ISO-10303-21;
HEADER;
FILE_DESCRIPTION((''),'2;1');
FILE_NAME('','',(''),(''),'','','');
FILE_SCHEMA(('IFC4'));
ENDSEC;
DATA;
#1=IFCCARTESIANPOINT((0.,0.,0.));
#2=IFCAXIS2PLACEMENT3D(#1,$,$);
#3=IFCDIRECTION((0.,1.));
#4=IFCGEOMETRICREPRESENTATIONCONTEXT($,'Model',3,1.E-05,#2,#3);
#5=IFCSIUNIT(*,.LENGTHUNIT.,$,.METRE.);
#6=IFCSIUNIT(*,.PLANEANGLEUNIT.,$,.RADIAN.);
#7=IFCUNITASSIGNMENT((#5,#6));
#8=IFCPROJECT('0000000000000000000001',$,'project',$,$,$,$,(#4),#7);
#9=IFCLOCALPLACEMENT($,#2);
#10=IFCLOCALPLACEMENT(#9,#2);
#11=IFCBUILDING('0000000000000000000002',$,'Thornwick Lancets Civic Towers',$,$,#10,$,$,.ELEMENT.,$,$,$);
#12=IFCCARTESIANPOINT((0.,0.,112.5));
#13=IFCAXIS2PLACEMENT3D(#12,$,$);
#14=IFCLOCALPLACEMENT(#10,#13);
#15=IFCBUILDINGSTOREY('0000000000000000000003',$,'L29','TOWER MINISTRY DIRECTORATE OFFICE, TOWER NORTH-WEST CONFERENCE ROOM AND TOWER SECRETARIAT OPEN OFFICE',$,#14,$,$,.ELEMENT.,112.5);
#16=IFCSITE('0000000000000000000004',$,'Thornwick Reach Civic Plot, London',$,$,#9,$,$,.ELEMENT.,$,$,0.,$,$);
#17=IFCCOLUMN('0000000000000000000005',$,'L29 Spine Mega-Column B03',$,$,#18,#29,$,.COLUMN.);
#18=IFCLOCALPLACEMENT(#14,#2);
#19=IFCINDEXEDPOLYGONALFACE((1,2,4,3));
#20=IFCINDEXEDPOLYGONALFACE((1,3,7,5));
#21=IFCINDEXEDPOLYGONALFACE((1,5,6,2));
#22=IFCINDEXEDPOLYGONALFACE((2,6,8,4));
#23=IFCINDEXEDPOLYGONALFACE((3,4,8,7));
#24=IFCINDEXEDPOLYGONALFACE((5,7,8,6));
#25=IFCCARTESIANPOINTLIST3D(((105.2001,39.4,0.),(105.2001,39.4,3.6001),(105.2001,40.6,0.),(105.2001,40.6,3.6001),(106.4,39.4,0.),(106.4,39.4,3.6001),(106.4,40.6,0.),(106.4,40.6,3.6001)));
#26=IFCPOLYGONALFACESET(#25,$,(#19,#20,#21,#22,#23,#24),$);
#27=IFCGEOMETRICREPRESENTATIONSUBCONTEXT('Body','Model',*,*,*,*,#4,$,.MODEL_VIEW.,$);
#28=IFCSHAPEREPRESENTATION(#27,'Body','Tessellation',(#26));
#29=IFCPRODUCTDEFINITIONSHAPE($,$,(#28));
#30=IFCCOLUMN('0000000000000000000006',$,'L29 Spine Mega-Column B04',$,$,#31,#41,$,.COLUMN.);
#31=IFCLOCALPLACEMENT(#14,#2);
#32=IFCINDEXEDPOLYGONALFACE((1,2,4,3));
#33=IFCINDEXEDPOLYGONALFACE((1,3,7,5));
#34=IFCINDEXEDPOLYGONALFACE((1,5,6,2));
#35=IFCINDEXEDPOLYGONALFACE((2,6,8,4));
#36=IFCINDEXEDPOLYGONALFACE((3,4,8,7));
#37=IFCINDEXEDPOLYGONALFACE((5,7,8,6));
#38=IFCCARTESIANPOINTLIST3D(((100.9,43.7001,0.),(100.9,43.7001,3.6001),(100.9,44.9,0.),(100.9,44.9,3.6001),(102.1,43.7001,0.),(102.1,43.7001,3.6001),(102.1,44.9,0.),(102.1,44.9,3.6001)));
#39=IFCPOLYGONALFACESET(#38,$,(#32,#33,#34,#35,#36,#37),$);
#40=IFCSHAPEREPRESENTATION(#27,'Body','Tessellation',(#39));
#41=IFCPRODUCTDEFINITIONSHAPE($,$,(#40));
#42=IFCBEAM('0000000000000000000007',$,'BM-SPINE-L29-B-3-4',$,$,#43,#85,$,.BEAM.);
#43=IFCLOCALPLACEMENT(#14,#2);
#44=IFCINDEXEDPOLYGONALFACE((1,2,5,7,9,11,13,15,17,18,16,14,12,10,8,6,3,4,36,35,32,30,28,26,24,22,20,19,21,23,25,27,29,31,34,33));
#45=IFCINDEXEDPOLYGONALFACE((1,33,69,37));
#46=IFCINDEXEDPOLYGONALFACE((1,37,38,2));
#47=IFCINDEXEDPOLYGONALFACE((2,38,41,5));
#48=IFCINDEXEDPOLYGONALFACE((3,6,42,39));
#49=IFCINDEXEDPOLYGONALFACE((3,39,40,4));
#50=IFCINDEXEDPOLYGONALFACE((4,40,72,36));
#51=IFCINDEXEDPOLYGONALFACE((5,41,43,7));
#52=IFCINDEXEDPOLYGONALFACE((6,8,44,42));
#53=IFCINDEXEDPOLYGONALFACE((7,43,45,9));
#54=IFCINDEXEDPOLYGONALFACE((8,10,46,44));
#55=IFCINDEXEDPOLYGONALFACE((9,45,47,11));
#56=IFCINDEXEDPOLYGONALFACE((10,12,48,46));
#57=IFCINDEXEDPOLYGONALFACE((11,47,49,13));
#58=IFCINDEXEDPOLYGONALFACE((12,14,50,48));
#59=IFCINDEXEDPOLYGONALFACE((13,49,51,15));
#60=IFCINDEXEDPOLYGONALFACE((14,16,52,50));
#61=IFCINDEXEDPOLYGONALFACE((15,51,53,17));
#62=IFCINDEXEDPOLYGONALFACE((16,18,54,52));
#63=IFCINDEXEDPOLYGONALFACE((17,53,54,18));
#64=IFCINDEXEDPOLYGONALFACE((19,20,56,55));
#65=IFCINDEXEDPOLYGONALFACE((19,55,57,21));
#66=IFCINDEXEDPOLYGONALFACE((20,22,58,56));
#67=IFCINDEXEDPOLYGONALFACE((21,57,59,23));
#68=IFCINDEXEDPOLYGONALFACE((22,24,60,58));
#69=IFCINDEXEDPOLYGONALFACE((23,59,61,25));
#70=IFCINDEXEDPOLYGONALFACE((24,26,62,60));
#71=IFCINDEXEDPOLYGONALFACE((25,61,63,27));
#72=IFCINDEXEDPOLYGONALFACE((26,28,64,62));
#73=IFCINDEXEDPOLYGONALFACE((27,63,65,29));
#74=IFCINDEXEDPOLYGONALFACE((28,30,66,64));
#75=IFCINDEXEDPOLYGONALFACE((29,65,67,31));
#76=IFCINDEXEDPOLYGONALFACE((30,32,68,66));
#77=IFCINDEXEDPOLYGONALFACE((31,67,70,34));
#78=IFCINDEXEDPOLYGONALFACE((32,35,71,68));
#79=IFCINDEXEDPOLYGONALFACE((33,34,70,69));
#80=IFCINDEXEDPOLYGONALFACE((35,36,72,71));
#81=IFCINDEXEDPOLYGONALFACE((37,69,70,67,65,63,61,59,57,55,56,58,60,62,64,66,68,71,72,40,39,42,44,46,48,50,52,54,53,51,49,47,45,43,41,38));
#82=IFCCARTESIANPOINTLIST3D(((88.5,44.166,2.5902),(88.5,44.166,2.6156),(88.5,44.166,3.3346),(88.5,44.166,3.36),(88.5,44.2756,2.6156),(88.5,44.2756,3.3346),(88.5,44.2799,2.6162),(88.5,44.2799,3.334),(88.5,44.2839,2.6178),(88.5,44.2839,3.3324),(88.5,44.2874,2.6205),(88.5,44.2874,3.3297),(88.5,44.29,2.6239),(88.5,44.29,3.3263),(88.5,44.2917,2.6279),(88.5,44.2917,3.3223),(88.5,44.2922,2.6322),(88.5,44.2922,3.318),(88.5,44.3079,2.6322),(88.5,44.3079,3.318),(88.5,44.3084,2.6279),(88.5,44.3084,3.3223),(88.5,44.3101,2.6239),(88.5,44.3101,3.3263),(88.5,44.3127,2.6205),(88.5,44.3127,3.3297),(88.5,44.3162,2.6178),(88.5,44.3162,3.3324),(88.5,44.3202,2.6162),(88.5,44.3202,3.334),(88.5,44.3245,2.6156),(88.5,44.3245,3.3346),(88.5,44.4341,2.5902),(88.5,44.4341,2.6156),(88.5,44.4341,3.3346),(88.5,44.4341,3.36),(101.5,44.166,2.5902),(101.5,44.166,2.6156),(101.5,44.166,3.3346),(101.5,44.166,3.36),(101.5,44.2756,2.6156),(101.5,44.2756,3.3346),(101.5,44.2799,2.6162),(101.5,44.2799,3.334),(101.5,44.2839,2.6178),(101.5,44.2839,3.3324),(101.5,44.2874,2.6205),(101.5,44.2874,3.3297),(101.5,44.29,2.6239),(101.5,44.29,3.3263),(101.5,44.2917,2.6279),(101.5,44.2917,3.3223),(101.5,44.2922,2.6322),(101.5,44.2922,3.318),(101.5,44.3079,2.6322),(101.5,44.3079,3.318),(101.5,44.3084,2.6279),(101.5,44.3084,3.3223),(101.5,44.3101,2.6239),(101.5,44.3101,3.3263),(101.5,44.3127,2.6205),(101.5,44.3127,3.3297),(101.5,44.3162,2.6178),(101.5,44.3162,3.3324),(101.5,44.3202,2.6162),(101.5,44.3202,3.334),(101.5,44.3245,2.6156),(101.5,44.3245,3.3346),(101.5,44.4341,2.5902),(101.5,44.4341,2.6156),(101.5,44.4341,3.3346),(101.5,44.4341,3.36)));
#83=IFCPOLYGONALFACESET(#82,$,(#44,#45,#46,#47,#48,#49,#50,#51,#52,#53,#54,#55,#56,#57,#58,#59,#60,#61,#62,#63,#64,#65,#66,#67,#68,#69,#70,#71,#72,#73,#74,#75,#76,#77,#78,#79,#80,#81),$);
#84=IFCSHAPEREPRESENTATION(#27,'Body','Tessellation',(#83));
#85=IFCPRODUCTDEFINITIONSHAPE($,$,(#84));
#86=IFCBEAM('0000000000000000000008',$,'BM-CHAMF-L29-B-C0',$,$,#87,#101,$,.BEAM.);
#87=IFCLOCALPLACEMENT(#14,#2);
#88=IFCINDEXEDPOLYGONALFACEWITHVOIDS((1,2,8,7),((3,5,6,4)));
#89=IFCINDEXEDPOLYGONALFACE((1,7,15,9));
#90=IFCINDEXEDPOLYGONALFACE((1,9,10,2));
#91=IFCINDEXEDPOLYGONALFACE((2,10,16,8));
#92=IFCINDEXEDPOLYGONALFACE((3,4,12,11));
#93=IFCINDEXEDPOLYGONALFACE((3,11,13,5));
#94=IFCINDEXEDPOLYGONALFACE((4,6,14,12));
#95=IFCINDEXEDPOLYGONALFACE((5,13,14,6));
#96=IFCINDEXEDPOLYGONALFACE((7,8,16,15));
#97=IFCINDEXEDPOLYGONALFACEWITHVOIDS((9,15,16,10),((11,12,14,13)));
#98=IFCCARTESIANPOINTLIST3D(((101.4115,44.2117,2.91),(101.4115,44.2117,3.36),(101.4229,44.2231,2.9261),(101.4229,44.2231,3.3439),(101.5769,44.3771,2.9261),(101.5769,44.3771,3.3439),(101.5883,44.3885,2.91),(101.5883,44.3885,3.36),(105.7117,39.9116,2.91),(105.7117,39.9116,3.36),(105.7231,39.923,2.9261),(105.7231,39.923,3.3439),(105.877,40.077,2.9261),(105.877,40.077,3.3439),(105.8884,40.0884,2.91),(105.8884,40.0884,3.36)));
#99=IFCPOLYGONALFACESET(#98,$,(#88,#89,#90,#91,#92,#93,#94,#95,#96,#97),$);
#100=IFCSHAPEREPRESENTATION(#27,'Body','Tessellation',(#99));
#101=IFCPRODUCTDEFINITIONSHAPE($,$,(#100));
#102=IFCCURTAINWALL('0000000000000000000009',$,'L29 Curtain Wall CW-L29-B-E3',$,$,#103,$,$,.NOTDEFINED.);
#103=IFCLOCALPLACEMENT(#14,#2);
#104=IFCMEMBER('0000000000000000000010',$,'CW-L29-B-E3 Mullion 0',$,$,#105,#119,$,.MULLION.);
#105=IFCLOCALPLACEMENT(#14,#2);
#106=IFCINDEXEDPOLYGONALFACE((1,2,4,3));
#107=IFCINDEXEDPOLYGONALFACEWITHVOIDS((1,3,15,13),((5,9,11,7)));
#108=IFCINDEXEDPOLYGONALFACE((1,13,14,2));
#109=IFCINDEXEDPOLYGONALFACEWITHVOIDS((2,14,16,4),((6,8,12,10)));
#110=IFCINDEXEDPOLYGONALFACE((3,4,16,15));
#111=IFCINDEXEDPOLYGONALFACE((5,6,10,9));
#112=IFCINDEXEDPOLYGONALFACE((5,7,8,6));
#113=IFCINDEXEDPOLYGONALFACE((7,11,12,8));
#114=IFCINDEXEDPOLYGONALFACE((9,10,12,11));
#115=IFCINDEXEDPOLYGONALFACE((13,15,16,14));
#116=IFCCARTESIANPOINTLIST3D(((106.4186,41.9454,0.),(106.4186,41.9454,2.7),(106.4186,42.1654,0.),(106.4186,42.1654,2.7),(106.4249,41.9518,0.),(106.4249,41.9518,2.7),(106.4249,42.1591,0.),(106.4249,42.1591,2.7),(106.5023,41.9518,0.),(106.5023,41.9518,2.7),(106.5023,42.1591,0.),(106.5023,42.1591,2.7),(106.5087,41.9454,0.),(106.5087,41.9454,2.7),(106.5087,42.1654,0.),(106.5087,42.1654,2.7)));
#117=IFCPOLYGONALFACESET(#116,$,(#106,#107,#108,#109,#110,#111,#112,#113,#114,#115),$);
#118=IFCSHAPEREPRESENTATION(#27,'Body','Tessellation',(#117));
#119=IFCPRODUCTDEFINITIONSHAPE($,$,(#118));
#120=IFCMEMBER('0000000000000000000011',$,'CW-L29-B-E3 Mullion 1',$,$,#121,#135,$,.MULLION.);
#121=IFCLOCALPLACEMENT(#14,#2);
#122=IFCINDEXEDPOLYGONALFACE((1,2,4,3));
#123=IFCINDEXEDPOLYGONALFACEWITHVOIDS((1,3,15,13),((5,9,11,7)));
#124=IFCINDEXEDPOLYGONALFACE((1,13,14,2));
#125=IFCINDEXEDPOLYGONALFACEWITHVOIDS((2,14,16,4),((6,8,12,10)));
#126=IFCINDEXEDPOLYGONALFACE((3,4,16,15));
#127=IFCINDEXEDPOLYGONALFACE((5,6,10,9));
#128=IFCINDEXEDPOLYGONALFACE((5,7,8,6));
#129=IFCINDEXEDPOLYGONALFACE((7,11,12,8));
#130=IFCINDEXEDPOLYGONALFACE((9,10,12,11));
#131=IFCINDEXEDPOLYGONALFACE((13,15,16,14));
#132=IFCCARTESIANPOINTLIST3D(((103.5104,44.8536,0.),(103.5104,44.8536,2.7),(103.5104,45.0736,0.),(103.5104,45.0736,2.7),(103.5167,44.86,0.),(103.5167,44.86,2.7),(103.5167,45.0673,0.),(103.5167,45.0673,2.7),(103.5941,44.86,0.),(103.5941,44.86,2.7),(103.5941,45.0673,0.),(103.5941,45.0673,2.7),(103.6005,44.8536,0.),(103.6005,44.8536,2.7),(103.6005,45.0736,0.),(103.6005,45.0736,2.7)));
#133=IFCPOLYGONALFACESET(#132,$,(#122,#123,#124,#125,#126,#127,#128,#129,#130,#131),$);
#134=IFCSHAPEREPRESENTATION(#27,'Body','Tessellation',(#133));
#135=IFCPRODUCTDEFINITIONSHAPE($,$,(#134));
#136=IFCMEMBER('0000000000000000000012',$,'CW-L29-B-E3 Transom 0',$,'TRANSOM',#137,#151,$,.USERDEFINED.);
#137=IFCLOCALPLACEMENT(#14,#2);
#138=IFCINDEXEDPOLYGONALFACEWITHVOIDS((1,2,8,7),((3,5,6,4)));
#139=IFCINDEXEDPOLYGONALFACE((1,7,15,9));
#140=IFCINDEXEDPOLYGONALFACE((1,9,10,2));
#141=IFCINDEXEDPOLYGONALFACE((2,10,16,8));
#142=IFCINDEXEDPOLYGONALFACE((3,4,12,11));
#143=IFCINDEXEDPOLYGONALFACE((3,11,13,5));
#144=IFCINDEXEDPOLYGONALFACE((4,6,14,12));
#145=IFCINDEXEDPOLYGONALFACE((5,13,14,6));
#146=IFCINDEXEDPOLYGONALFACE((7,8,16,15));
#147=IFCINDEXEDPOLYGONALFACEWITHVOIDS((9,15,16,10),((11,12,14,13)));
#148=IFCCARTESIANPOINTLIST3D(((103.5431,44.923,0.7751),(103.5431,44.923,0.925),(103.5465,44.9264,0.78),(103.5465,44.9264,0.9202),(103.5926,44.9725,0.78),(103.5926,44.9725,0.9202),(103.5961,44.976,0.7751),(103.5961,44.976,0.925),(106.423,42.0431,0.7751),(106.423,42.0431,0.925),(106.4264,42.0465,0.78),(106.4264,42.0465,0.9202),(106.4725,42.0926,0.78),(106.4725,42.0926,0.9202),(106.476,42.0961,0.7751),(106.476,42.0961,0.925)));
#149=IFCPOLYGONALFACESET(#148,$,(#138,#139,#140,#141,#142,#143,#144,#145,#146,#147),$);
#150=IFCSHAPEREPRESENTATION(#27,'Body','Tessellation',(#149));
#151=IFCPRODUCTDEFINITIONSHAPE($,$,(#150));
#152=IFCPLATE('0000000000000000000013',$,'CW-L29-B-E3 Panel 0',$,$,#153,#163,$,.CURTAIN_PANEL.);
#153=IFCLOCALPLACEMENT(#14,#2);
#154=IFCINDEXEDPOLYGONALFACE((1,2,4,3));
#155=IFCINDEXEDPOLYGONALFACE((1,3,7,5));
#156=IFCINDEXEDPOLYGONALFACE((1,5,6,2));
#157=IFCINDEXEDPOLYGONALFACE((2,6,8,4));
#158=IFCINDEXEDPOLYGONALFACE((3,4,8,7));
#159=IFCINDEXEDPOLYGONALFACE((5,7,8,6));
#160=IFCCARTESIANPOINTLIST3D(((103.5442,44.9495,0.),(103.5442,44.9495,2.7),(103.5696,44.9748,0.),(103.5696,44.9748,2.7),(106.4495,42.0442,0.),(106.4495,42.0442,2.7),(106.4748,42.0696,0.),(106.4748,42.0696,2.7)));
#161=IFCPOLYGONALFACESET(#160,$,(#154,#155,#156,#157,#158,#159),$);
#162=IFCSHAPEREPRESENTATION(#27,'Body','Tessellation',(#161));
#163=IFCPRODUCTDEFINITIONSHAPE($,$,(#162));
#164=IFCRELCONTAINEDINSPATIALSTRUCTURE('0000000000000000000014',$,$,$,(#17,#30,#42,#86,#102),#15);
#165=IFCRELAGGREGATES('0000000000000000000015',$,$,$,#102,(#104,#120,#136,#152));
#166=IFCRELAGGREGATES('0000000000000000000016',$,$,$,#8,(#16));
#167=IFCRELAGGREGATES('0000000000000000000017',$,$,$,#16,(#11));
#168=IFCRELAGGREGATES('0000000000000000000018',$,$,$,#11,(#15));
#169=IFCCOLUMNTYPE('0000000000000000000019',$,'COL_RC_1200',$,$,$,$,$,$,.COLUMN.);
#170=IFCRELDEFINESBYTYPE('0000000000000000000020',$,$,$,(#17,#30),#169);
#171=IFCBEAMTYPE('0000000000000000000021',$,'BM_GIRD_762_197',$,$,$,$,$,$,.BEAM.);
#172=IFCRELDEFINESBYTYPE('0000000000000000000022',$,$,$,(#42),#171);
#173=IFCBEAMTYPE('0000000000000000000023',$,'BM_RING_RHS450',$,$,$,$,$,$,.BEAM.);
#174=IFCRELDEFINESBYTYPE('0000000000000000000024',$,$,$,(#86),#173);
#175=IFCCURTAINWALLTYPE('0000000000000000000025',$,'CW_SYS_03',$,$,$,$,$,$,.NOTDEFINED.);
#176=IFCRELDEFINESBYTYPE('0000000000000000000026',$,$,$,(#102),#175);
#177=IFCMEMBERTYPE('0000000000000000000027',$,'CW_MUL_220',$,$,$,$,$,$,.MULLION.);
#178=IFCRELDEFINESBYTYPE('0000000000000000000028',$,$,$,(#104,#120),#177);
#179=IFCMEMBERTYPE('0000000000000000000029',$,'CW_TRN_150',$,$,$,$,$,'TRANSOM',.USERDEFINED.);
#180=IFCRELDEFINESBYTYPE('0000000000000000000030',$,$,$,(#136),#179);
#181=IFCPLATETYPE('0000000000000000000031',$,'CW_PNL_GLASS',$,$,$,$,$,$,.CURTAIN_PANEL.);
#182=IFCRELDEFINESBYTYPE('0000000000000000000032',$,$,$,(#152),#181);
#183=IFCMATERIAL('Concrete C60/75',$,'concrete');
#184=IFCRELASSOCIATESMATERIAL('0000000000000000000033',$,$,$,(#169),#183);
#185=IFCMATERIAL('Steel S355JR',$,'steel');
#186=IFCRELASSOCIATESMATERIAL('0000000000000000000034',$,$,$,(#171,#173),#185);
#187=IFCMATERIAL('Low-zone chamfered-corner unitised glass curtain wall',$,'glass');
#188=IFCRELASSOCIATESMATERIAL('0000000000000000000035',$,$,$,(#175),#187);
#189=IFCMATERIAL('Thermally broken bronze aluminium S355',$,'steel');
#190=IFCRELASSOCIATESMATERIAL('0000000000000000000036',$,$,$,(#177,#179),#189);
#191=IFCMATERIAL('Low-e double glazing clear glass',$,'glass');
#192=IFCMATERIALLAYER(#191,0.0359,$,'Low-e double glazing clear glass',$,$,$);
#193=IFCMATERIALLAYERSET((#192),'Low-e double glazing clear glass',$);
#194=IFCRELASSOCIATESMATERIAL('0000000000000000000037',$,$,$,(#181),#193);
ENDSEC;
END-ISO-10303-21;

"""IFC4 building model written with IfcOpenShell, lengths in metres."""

from ifc_helpers import new_model, si_unit, direction, frame, origin, origin_2d, place, context, subcontext, project, spatial, rectangle, hollow_rectangle, i_section, extrude, material, layer, layer_set, material_profile, profile_set, type_object, element, aggregate, save


model = new_model("IFC4")

# Units and contexts
model_context = context("Model", 3, precision=1e-05, world=origin(), true_north=direction((0.0, 1.0)))
body_context = subcontext(model_context, "Body", "Model", "MODEL_VIEW")
ifc_project = project(units=[si_unit("LENGTHUNIT", "METRE"), si_unit("PLANEANGLEUNIT", "RADIAN")], contexts=[model_context])

# Site, building, storey
site_placement = place(None, origin())
site = spatial("IfcSite", under=ifc_project, at=site_placement, Name="Thornwick Reach Civic Plot, London", CompositionType="ELEMENT", RefElevation=0.0)
building_placement = place(site_placement, origin())
building = spatial("IfcBuilding", under=site, at=building_placement, Name="Thornwick Lancets Civic Towers", CompositionType="ELEMENT")
storey_placement = place(building_placement, frame((0.0, 0.0, 112.5)))
storey = spatial("IfcBuildingStorey", under=building, at=storey_placement, Name="L29", Description="TOWER MINISTRY DIRECTORATE OFFICE, TOWER NORTH-WEST CONFERENCE ROOM AND TOWER SECRETARIAT OPEN OFFICE", CompositionType="ELEMENT", Elevation=112.5)

# Columns
ifc_material_1 = material(Name="Concrete C60/75", Category="concrete")
ifc_material_profile_1 = material_profile(ifc_material_1, rectangle(XDim=1.2, YDim=1.2, at=origin_2d()), Name="RC 1200x1200")
ifc_profile_set_1 = profile_set([ifc_material_profile_1], Name="Concrete C60/75")
column_type = type_object("IfcColumnType", Name="COL_RC_1200", PredefinedType="COLUMN", material=ifc_profile_set_1)
for number, where, z_axis, x_axis, name in (
    (1, (105.8, 40.0, 0.0), (0.0, 0.0, 1.0), (1.0, 0.0, 0.0), "L29 Spine Mega-Column B03"),
    (2, (101.5, 44.3, 0.0), (0.0, 0.0, 1.0), (1.0, 0.0, 0.0), "L29 Spine Mega-Column B04"),
):
    element("IfcColumn", number, at=place(storey_placement, frame(where, z_axis=z_axis, x_axis=x_axis)), inside=storey, type_object=column_type, Name=name, PredefinedType="COLUMN", context=body_context, shape_type="SweptSolid", body=[
        extrude(rectangle(XDim=1.2, YDim=1.2, at=origin_2d()), origin(), (0.0, 0.0, 1.0), 3.6001),
    ])

# Beams
ifc_material_2 = material(Name="Steel S355JR", Category="steel")
ifc_material_profile_2 = material_profile(ifc_material_2, i_section(OverallWidth=0.2681, OverallDepth=0.7698, WebThickness=0.0156, FlangeThickness=0.0254, FilletRadius=0.0166, at=origin_2d()), Name="UKB 762x267x197")
ifc_profile_set_2 = profile_set([ifc_material_profile_2], Name="Steel S355JR")
beam_type_1 = type_object("IfcBeamType", Name="BM_GIRD_762_197", PredefinedType="BEAM", material=ifc_profile_set_2)
beam_1_placement = place(storey_placement, frame((101.5, 44.3, 2.9751), z_axis=(-1.0, 0.0, 0.0), x_axis=(0.0, -1.0, 0.0)))
element("IfcBeam", 3, at=beam_1_placement, inside=storey, type_object=beam_type_1, Name="BM-SPINE-L29-B-3-4", PredefinedType="BEAM", context=body_context, shape_type="SweptSolid", body=[
    extrude(i_section(OverallWidth=0.2681, OverallDepth=0.7698, WebThickness=0.0156, FlangeThickness=0.0254, FilletRadius=0.0166, at=origin_2d()), origin(), (0.0, 0.0, 1.0), 13.0),
])
ifc_material_profile_3 = material_profile(ifc_material_2, hollow_rectangle(XDim=0.25, YDim=0.45, WallThickness=0.0161, at=origin_2d()), Name="RHS 450x250x16")
ifc_profile_set_3 = profile_set([ifc_material_profile_3], Name="Steel S355JR")
beam_type_2 = type_object("IfcBeamType", Name="BM_RING_RHS450", PredefinedType="BEAM", material=ifc_profile_set_3)
beam_2_placement = place(storey_placement, frame((105.8, 40.0, 3.135), z_axis=(-0.707107, 0.707107, 0.0), x_axis=(-0.707107, -0.707107, 0.0)))
element("IfcBeam", 4, at=beam_2_placement, inside=storey, type_object=beam_type_2, Name="BM-CHAMF-L29-B-C0", PredefinedType="BEAM", context=body_context, shape_type="SweptSolid", body=[
    extrude(hollow_rectangle(XDim=0.25, YDim=0.45, WallThickness=0.0161, at=origin_2d()), origin(), (0.0, 0.0, 1.0), 6.0813),
])

# Curtain wall, members, plate
ifc_material_3 = material(Name="Low-zone chamfered-corner unitised glass curtain wall", Category="glass")
curtain_wall_type = type_object("IfcCurtainWallType", Name="CW_SYS_03", PredefinedType="NOTDEFINED", material=ifc_material_3)
curtain_wall_placement = place(storey_placement, origin())
curtain_wall = element("IfcCurtainWall", 5, at=curtain_wall_placement, inside=storey, type_object=curtain_wall_type, Name="L29 Curtain Wall CW-L29-B-E3", PredefinedType="NOTDEFINED")
ifc_material_4 = material(Name="Thermally broken bronze aluminium S355", Category="steel")
ifc_material_profile_4 = material_profile(ifc_material_4, hollow_rectangle(XDim=0.0901, YDim=0.22, WallThickness=0.0063, at=origin_2d()), Name="RHS 220x90x6.3")
ifc_profile_set_4 = profile_set([ifc_material_profile_4], Name="Thermally broken bronze aluminium S355")
member_type_1 = type_object("IfcMemberType", Name="CW_MUL_220", PredefinedType="MULLION", material=ifc_profile_set_4)
member_1_placement = place(storey_placement, frame((106.4636, 42.0554, 0.0), z_axis=(0.0, 0.0, 1.0), x_axis=(1.0, 0.0, 0.0)))
member_1 = element("IfcMember", 6, at=member_1_placement, type_object=member_type_1, Name="CW-L29-B-E3 Mullion 0", PredefinedType="MULLION", context=body_context, shape_type="SweptSolid", body=[
    extrude(hollow_rectangle(XDim=0.0901, YDim=0.22, WallThickness=0.0063, at=origin_2d()), origin(), (0.0, 0.0, 1.0), 2.7),
])
member_2_placement = place(storey_placement, frame((103.5554, 44.9636, 0.0), z_axis=(0.0, 0.0, 1.0), x_axis=(1.0, 0.0, 0.0)))
member_2 = element("IfcMember", 7, at=member_2_placement, type_object=member_type_1, Name="CW-L29-B-E3 Mullion 1", PredefinedType="MULLION", context=body_context, shape_type="SweptSolid", body=[
    extrude(hollow_rectangle(XDim=0.0901, YDim=0.22, WallThickness=0.0063, at=origin_2d()), origin(), (0.0, 0.0, 1.0), 2.7),
])
ifc_material_profile_5 = material_profile(ifc_material_4, hollow_rectangle(XDim=0.075, YDim=0.1499, WallThickness=0.0049, at=origin_2d()), Name="RHS 150x75x5")
ifc_profile_set_5 = profile_set([ifc_material_profile_5], Name="Thermally broken bronze aluminium S355")
member_type_2 = type_object("IfcMemberType", Name="CW_TRN_150", ElementType="TRANSOM", PredefinedType="USERDEFINED", material=ifc_profile_set_5)
member_3_placement = place(storey_placement, frame((106.4495, 42.0696, 0.8501), z_axis=(-0.707107, 0.707107, 0.0), x_axis=(-0.707107, -0.707107, 0.0)))
member_3 = element("IfcMember", 8, at=member_3_placement, type_object=member_type_2, Name="CW-L29-B-E3 Transom 0", ObjectType="TRANSOM", PredefinedType="USERDEFINED", context=body_context, shape_type="SweptSolid", body=[
    extrude(hollow_rectangle(XDim=0.075, YDim=0.1499, WallThickness=0.0049, at=origin_2d()), origin(), (0.0, 0.0, 1.0), 4.0728),
])
ifc_material_5 = material(Name="Low-e double glazing clear glass", Category="glass")
ifc_layer_1 = layer(ifc_material_5, 0.0359, Name="Low-e double glazing clear glass")
ifc_layer_set_1 = layer_set([ifc_layer_1], Name="Low-e double glazing clear glass")
plate_type = type_object("IfcPlateType", Name="CW_PNL_GLASS", PredefinedType="CURTAIN_PANEL", material=ifc_layer_set_1)
plate_placement = place(storey_placement, frame((105.0095, 43.5095, 0.0), z_axis=(0.0, 0.0, 1.0), x_axis=(-0.707107, 0.707107, 0.0)))
plate = element("IfcPlate", 9, at=plate_placement, type_object=plate_type, Name="CW-L29-B-E3 Panel 0", PredefinedType="CURTAIN_PANEL", context=body_context, shape_type="SweptSolid", body=[
    extrude(rectangle(XDim=4.1086, YDim=0.0359, at=origin_2d()), origin(), (0.0, 0.0, 1.0), 2.7),
])
aggregate(curtain_wall, [member_1, member_2, member_3, plate])

save(model, "model.ifc")
